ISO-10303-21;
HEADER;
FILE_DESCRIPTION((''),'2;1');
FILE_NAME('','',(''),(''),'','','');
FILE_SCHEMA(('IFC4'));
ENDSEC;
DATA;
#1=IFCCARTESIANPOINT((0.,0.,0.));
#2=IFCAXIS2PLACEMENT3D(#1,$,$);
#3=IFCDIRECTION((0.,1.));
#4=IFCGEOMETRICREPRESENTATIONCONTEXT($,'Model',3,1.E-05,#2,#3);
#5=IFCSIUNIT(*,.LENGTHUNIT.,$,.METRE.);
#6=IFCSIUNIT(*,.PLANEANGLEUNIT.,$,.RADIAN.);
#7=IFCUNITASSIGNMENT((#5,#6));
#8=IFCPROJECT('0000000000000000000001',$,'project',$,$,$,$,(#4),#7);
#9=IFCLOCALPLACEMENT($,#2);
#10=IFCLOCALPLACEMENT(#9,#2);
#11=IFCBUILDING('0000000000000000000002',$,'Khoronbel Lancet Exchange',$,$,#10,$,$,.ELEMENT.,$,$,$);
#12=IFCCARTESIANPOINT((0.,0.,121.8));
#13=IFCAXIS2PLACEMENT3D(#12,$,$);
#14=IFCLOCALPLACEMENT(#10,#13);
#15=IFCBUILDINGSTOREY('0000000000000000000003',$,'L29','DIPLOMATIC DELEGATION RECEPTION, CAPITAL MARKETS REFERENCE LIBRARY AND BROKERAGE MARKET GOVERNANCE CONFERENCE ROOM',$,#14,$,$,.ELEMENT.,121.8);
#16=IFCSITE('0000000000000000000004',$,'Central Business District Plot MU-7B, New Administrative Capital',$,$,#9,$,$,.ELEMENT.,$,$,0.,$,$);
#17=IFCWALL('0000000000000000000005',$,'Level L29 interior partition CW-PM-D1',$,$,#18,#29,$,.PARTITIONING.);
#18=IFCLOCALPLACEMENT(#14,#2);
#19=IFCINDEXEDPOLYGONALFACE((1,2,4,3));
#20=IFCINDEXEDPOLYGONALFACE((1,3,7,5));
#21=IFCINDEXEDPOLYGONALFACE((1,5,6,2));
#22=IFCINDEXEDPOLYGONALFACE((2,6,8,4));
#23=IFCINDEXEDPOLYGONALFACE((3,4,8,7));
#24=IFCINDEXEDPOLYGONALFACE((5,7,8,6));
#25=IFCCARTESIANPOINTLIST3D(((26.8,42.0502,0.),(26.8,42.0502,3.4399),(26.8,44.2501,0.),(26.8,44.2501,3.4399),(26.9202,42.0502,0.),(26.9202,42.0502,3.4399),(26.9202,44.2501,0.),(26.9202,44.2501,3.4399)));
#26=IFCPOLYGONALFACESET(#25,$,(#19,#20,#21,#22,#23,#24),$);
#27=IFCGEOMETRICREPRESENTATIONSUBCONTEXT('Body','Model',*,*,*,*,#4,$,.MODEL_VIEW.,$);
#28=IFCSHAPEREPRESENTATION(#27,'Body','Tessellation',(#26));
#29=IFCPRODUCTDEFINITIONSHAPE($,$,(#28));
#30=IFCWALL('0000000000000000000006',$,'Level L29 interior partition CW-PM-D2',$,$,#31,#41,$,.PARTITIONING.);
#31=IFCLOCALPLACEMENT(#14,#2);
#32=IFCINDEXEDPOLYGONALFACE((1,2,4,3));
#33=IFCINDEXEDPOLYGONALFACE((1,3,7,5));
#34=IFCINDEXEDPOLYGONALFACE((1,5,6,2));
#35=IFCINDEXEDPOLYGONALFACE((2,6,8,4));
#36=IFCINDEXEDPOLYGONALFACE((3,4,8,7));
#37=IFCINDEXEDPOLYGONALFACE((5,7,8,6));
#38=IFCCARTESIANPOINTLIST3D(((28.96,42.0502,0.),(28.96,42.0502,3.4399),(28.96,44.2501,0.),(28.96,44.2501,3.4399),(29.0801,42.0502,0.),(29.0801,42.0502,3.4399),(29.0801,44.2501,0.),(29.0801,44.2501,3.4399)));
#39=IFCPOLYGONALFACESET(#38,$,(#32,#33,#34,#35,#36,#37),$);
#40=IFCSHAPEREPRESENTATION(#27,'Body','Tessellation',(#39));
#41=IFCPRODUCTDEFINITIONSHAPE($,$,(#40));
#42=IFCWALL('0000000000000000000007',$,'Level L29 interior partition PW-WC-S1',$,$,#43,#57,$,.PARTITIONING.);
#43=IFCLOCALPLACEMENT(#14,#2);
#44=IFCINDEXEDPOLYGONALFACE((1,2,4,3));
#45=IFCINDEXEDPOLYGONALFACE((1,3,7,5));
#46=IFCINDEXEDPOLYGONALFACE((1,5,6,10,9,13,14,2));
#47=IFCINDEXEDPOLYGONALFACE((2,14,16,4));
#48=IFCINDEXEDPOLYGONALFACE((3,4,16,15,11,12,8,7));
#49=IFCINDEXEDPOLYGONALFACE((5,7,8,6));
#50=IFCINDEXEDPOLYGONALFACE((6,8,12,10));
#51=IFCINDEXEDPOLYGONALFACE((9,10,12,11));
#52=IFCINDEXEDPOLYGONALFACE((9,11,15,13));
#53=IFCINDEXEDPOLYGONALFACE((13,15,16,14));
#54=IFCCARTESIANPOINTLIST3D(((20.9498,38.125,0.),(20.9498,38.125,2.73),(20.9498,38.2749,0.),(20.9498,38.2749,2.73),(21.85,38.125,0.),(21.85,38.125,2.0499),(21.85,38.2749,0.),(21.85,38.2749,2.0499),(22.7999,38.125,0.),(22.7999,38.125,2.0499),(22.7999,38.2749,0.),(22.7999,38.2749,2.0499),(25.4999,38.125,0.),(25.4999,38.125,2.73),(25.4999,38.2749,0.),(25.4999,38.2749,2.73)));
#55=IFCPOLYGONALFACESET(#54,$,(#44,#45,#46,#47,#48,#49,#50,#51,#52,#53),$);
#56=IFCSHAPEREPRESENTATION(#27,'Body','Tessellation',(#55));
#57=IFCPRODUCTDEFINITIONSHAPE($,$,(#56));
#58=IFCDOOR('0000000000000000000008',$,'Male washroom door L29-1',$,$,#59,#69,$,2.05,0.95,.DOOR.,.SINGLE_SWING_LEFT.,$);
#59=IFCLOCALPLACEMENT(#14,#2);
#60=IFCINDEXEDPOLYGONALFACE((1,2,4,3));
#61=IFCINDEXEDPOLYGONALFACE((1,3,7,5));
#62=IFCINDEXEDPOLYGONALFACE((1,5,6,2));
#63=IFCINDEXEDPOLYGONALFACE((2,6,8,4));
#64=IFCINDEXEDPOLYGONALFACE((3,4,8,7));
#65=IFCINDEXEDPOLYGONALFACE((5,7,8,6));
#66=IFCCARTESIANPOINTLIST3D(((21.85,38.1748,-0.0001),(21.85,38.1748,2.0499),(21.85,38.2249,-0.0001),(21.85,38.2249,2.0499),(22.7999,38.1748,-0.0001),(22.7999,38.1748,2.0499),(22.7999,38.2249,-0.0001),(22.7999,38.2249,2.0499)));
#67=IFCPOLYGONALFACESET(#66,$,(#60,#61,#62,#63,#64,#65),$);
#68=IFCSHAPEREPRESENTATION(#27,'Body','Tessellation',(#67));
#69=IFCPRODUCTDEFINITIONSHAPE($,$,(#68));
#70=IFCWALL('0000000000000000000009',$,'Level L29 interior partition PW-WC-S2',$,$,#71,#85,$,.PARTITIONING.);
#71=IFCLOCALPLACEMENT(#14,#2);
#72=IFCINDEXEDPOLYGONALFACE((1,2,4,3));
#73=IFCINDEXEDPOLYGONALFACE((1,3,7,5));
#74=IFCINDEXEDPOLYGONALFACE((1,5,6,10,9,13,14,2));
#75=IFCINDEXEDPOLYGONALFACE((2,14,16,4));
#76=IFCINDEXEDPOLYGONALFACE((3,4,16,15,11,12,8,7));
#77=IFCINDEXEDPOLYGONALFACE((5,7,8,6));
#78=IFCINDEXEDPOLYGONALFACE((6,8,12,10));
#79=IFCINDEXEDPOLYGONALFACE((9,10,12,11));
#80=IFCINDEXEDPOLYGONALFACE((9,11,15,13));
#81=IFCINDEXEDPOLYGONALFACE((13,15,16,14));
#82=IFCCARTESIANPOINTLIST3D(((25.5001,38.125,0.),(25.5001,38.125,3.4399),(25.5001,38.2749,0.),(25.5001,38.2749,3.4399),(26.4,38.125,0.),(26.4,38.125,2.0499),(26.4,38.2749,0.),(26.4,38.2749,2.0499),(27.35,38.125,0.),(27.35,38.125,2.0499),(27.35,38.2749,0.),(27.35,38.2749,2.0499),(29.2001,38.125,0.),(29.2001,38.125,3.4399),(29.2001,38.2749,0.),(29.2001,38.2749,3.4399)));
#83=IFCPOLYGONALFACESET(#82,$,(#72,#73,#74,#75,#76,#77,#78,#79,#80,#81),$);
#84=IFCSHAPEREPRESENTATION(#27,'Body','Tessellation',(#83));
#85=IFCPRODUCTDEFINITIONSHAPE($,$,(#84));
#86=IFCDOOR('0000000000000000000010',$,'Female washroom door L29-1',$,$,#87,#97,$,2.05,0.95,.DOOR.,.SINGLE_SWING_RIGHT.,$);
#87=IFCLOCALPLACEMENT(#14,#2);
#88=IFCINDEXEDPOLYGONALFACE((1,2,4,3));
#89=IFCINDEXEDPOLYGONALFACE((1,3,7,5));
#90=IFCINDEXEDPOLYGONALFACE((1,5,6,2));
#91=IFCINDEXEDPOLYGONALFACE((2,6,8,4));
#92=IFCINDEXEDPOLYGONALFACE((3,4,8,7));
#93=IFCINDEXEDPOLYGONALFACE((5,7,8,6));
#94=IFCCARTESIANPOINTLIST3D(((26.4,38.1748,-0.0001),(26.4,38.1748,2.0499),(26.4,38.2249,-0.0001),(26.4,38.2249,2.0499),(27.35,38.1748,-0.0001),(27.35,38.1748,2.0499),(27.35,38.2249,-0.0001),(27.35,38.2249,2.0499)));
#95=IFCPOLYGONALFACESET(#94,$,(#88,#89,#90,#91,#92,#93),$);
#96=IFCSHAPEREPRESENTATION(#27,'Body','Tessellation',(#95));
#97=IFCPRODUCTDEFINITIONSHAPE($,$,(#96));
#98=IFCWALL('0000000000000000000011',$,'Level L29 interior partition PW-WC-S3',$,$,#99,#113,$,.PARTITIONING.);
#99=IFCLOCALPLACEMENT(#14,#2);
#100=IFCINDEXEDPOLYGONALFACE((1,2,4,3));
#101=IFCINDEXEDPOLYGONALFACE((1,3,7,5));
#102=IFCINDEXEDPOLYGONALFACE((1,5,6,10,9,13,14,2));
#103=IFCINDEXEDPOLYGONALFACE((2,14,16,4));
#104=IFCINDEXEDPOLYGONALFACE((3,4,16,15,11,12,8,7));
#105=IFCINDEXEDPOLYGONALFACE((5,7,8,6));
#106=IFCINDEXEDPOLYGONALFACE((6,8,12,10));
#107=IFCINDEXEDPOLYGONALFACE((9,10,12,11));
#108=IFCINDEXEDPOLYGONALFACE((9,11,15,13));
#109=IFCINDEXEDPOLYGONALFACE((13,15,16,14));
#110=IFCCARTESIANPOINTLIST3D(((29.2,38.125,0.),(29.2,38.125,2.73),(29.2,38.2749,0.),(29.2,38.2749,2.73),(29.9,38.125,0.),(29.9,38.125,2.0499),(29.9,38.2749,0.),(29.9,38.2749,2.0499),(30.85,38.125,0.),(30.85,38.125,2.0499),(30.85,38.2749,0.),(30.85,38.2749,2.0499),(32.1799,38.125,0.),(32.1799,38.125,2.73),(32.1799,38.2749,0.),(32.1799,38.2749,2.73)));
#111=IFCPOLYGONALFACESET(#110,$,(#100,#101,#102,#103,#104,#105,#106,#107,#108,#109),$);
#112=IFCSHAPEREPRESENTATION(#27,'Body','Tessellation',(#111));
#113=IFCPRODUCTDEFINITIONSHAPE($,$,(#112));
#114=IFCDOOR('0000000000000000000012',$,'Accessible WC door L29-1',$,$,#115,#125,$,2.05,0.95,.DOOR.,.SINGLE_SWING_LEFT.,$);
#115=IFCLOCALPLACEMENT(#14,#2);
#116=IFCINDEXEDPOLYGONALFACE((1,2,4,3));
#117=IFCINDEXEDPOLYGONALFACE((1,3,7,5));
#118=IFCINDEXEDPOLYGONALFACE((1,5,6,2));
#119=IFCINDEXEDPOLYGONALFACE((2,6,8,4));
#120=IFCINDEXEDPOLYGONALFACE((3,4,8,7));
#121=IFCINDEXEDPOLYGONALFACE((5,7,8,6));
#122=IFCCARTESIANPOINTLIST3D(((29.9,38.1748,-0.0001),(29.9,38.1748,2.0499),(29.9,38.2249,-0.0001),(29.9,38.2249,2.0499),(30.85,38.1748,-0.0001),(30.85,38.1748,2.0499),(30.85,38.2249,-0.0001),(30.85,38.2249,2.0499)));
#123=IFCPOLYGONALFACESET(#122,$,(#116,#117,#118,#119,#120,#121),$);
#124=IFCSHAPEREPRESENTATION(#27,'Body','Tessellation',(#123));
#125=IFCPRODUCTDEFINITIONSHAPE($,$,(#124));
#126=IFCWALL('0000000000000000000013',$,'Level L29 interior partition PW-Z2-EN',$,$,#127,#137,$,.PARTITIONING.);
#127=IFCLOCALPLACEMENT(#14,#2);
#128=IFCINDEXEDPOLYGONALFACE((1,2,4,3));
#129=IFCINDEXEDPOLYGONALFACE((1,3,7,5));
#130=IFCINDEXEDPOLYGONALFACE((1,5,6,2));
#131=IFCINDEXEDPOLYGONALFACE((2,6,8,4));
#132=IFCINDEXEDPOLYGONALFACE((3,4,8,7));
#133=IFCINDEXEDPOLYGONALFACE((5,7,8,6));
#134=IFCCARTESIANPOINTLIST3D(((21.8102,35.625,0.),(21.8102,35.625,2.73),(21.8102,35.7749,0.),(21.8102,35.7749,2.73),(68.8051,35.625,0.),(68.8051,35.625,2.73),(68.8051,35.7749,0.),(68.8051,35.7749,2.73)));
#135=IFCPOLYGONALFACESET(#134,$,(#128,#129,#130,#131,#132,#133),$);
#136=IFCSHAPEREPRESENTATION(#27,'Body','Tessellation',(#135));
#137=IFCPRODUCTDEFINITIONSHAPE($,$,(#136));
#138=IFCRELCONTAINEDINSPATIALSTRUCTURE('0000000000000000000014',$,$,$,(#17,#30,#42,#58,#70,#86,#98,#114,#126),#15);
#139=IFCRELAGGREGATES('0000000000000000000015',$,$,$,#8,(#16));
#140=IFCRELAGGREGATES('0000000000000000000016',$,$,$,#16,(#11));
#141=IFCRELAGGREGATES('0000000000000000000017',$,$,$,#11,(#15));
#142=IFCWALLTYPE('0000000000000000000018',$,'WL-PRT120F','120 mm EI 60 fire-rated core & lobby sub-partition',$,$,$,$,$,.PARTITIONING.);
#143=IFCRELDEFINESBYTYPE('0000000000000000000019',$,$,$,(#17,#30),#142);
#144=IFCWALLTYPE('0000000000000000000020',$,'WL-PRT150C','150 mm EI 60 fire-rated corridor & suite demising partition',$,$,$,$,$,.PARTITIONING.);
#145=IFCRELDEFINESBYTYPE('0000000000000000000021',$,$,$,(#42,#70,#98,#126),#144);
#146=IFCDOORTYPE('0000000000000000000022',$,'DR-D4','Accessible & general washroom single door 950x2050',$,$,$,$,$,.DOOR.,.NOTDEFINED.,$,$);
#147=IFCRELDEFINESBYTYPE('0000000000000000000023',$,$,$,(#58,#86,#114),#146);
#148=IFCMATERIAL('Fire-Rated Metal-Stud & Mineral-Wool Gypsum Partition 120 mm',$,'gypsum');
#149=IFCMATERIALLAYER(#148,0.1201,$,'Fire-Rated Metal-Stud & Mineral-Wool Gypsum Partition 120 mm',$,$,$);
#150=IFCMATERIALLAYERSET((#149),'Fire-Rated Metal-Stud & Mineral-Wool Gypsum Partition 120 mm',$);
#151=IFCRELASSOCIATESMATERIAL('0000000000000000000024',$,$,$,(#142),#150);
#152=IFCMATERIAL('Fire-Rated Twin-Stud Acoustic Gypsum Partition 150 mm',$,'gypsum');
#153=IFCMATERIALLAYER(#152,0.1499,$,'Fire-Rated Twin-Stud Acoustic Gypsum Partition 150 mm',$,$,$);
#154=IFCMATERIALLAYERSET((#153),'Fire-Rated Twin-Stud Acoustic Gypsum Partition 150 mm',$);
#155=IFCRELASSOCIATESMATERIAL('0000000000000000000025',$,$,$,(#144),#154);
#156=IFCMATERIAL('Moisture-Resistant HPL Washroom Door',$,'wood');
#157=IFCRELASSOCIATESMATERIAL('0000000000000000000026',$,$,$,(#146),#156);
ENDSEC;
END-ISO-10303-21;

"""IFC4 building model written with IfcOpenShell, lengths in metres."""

from ifc_helpers import new_model, si_unit, direction, frame, frame_2d, origin, place, context, subcontext, project, spatial, rectangle, extrude, material, layer, layer_set, type_object, element, fill, save


model = new_model("IFC4")

# Units and contexts
model_context = context("Model", 3, precision=1e-05, world=origin(), true_north=direction((0.0, 1.0)))
body_context = subcontext(model_context, "Body", "Model", "MODEL_VIEW")
ifc_project = project(units=[si_unit("LENGTHUNIT", "METRE"), si_unit("PLANEANGLEUNIT", "RADIAN")], contexts=[model_context])

# Site, building, storey
site_placement = place(None, origin())
site = spatial("IfcSite", under=ifc_project, at=site_placement, Name="Central Business District Plot MU-7B, New Administrative Capital", CompositionType="ELEMENT", RefElevation=0.0)
building_placement = place(site_placement, origin())
building = spatial("IfcBuilding", under=site, at=building_placement, Name="Khoronbel Lancet Exchange", CompositionType="ELEMENT")
storey_placement = place(building_placement, frame((0.0, 0.0, 121.8)))
storey = spatial("IfcBuildingStorey", under=building, at=storey_placement, Name="L29", Description="DIPLOMATIC DELEGATION RECEPTION, CAPITAL MARKETS REFERENCE LIBRARY AND BROKERAGE MARKET GOVERNANCE CONFERENCE ROOM", CompositionType="ELEMENT", Elevation=121.8)

# Walls
ifc_material_1 = material(Name="Fire-Rated Metal-Stud & Mineral-Wool Gypsum Partition 120 mm", Category="gypsum")
ifc_layer_1 = layer(ifc_material_1, 0.1201, Name="Fire-Rated Metal-Stud & Mineral-Wool Gypsum Partition 120 mm")
ifc_layer_set_1 = layer_set([ifc_layer_1], Name="Fire-Rated Metal-Stud & Mineral-Wool Gypsum Partition 120 mm")
wall_type_1 = type_object("IfcWallType", Name="WL-PRT120F", Description="120 mm EI 60 fire-rated core & lobby sub-partition", PredefinedType="PARTITIONING", material=ifc_layer_set_1)
for number, where, z_axis, x_axis, name in (
    (1, (26.8601, 42.05, 0.0), (0.0, 0.0, 1.0), (0.0, 1.0, 0.0), "Level L29 interior partition CW-PM-D1"),
    (2, (29.02, 42.05, 0.0), (0.0, 0.0, 1.0), (0.0, 1.0, 0.0), "Level L29 interior partition CW-PM-D2"),
):
    element("IfcWall", number, at=place(storey_placement, frame(where, z_axis=z_axis, x_axis=x_axis)), inside=storey, type_object=wall_type_1, Name=name, PredefinedType="PARTITIONING", context=body_context, shape_type="SweptSolid", body=[
        extrude(rectangle(XDim=2.2, YDim=0.1201, at=frame_2d((1.1001, 0.0))), origin(), (0.0, 0.0, 1.0), 3.4399),
    ])

# Walls, openings, doors
ifc_material_2 = material(Name="Fire-Rated Twin-Stud Acoustic Gypsum Partition 150 mm", Category="gypsum")
ifc_layer_2 = layer(ifc_material_2, 0.1499, Name="Fire-Rated Twin-Stud Acoustic Gypsum Partition 150 mm")
ifc_layer_set_2 = layer_set([ifc_layer_2], Name="Fire-Rated Twin-Stud Acoustic Gypsum Partition 150 mm")
wall_type_2 = type_object("IfcWallType", Name="WL-PRT150C", Description="150 mm EI 60 fire-rated corridor & suite demising partition", PredefinedType="PARTITIONING", material=ifc_layer_set_2)
wall_1_placement = place(storey_placement, frame((20.95, 38.2, 0.0), z_axis=(0.0, 0.0, 1.0), x_axis=(1.0, 0.0, 0.0)))
wall_1 = element("IfcWall", 3, at=wall_1_placement, inside=storey, type_object=wall_type_2, Name="Level L29 interior partition PW-WC-S1", PredefinedType="PARTITIONING", context=body_context, shape_type="SweptSolid", body=[
    extrude(rectangle(XDim=4.55, YDim=0.1499, at=frame_2d((2.2749, 0.0))), origin(), (0.0, 0.0, 1.0), 2.73),
])
opening_1_placement = place(wall_1_placement, frame((0.8999, 0.0, 0.0)))
opening_1 = element("IfcOpeningElement", 4, at=opening_1_placement, cuts=wall_1, PredefinedType="OPENING", context=body_context, shape_type="SweptSolid", body=[
    extrude(rectangle(XDim=0.95, YDim=2.05, at=frame_2d((0.4751, 1.0249))), frame((0.0, 0.085, 0.0), z_axis=(0.0, -1.0, 0.0), x_axis=(1.0, 0.0, 0.0)), (0.0, 0.0, 1.0), 0.1699),
])
ifc_material_3 = material(Name="Moisture-Resistant HPL Washroom Door", Category="wood")
door_type_1 = type_object("IfcDoorType", Name="DR-D4", Description="Accessible & general washroom single door 950x2050", OperationType="NOTDEFINED", PredefinedType="DOOR", material=ifc_material_3)
door_1_placement = place(opening_1_placement, origin())
door_1 = element("IfcDoor", 5, at=door_1_placement, inside=storey, type_object=door_type_1, Name="Male washroom door L29-1", OperationType="SINGLE_SWING_LEFT", OverallHeight=2.05, OverallWidth=0.95, PredefinedType="DOOR", context=body_context, shape_type="SweptSolid", body=[
    extrude(rectangle(XDim=0.95, YDim=2.05, at=frame_2d((0.4751, 1.0249))), frame((0.0, 0.0249, 0.0), z_axis=(0.0, -1.0, 0.0), x_axis=(1.0, 0.0, 0.0)), (0.0, 0.0, 1.0), 0.05),
])
fill(opening_1, door_1)
wall_2_placement = place(storey_placement, frame((25.5, 38.2, 0.0), z_axis=(0.0, 0.0, 1.0), x_axis=(1.0, 0.0, 0.0)))
wall_2 = element("IfcWall", 6, at=wall_2_placement, inside=storey, type_object=wall_type_2, Name="Level L29 interior partition PW-WC-S2", PredefinedType="PARTITIONING", context=body_context, shape_type="SweptSolid", body=[
    extrude(rectangle(XDim=3.7, YDim=0.1499, at=frame_2d((1.8501, 0.0))), origin(), (0.0, 0.0, 1.0), 3.4399),
])
opening_2_placement = place(wall_2_placement, frame((0.8999, 0.0, 0.0)))
opening_2 = element("IfcOpeningElement", 7, at=opening_2_placement, cuts=wall_2, PredefinedType="OPENING", context=body_context, shape_type="SweptSolid", body=[
    extrude(rectangle(XDim=0.95, YDim=2.05, at=frame_2d((0.4751, 1.0249))), frame((0.0, 0.085, 0.0), z_axis=(0.0, -1.0, 0.0), x_axis=(1.0, 0.0, 0.0)), (0.0, 0.0, 1.0), 0.1699),
])
door_2_placement = place(opening_2_placement, origin())
door_2 = element("IfcDoor", 8, at=door_2_placement, inside=storey, type_object=door_type_1, Name="Female washroom door L29-1", OperationType="SINGLE_SWING_RIGHT", OverallHeight=2.05, OverallWidth=0.95, PredefinedType="DOOR", context=body_context, shape_type="SweptSolid", body=[
    extrude(rectangle(XDim=0.95, YDim=2.05, at=frame_2d((0.4751, 1.0249))), frame((0.0, 0.0249, 0.0), z_axis=(0.0, -1.0, 0.0), x_axis=(1.0, 0.0, 0.0)), (0.0, 0.0, 1.0), 0.05),
])
fill(opening_2, door_2)
wall_3_placement = place(storey_placement, frame((29.2, 38.2, 0.0), z_axis=(0.0, 0.0, 1.0), x_axis=(1.0, 0.0, 0.0)))
wall_3 = element("IfcWall", 9, at=wall_3_placement, inside=storey, type_object=wall_type_2, Name="Level L29 interior partition PW-WC-S3", PredefinedType="PARTITIONING", context=body_context, shape_type="SweptSolid", body=[
    extrude(rectangle(XDim=2.98, YDim=0.1499, at=frame_2d((1.49, 0.0))), origin(), (0.0, 0.0, 1.0), 2.73),
])
opening_3_placement = place(wall_3_placement, frame((0.7, 0.0, 0.0)))
opening_3 = element("IfcOpeningElement", 10, at=opening_3_placement, cuts=wall_3, PredefinedType="OPENING", context=body_context, shape_type="SweptSolid", body=[
    extrude(rectangle(XDim=0.95, YDim=2.05, at=frame_2d((0.4751, 1.0249))), frame((0.0, 0.085, 0.0), z_axis=(0.0, -1.0, 0.0), x_axis=(1.0, 0.0, 0.0)), (0.0, 0.0, 1.0), 0.1699),
])
door_3_placement = place(opening_3_placement, origin())
door_3 = element("IfcDoor", 11, at=door_3_placement, inside=storey, type_object=door_type_1, Name="Accessible WC door L29-1", OperationType="SINGLE_SWING_LEFT", OverallHeight=2.05, OverallWidth=0.95, PredefinedType="DOOR", context=body_context, shape_type="SweptSolid", body=[
    extrude(rectangle(XDim=0.95, YDim=2.05, at=frame_2d((0.4751, 1.0249))), frame((0.0, 0.0249, 0.0), z_axis=(0.0, -1.0, 0.0), x_axis=(1.0, 0.0, 0.0)), (0.0, 0.0, 1.0), 0.05),
])
fill(opening_3, door_3)

# Wall
wall_4_placement = place(storey_placement, frame((21.8101, 35.7, 0.0), z_axis=(0.0, 0.0, 1.0), x_axis=(1.0, 0.0, 0.0)))
element("IfcWall", 12, at=wall_4_placement, inside=storey, type_object=wall_type_2, Name="Level L29 interior partition PW-Z2-EN", PredefinedType="PARTITIONING", context=body_context, shape_type="SweptSolid", body=[
    extrude(rectangle(XDim=46.9949, YDim=0.1499, at=frame_2d((23.4976, 0.0))), origin(), (0.0, 0.0, 1.0), 2.73),
])

save(model, "model.ifc")
